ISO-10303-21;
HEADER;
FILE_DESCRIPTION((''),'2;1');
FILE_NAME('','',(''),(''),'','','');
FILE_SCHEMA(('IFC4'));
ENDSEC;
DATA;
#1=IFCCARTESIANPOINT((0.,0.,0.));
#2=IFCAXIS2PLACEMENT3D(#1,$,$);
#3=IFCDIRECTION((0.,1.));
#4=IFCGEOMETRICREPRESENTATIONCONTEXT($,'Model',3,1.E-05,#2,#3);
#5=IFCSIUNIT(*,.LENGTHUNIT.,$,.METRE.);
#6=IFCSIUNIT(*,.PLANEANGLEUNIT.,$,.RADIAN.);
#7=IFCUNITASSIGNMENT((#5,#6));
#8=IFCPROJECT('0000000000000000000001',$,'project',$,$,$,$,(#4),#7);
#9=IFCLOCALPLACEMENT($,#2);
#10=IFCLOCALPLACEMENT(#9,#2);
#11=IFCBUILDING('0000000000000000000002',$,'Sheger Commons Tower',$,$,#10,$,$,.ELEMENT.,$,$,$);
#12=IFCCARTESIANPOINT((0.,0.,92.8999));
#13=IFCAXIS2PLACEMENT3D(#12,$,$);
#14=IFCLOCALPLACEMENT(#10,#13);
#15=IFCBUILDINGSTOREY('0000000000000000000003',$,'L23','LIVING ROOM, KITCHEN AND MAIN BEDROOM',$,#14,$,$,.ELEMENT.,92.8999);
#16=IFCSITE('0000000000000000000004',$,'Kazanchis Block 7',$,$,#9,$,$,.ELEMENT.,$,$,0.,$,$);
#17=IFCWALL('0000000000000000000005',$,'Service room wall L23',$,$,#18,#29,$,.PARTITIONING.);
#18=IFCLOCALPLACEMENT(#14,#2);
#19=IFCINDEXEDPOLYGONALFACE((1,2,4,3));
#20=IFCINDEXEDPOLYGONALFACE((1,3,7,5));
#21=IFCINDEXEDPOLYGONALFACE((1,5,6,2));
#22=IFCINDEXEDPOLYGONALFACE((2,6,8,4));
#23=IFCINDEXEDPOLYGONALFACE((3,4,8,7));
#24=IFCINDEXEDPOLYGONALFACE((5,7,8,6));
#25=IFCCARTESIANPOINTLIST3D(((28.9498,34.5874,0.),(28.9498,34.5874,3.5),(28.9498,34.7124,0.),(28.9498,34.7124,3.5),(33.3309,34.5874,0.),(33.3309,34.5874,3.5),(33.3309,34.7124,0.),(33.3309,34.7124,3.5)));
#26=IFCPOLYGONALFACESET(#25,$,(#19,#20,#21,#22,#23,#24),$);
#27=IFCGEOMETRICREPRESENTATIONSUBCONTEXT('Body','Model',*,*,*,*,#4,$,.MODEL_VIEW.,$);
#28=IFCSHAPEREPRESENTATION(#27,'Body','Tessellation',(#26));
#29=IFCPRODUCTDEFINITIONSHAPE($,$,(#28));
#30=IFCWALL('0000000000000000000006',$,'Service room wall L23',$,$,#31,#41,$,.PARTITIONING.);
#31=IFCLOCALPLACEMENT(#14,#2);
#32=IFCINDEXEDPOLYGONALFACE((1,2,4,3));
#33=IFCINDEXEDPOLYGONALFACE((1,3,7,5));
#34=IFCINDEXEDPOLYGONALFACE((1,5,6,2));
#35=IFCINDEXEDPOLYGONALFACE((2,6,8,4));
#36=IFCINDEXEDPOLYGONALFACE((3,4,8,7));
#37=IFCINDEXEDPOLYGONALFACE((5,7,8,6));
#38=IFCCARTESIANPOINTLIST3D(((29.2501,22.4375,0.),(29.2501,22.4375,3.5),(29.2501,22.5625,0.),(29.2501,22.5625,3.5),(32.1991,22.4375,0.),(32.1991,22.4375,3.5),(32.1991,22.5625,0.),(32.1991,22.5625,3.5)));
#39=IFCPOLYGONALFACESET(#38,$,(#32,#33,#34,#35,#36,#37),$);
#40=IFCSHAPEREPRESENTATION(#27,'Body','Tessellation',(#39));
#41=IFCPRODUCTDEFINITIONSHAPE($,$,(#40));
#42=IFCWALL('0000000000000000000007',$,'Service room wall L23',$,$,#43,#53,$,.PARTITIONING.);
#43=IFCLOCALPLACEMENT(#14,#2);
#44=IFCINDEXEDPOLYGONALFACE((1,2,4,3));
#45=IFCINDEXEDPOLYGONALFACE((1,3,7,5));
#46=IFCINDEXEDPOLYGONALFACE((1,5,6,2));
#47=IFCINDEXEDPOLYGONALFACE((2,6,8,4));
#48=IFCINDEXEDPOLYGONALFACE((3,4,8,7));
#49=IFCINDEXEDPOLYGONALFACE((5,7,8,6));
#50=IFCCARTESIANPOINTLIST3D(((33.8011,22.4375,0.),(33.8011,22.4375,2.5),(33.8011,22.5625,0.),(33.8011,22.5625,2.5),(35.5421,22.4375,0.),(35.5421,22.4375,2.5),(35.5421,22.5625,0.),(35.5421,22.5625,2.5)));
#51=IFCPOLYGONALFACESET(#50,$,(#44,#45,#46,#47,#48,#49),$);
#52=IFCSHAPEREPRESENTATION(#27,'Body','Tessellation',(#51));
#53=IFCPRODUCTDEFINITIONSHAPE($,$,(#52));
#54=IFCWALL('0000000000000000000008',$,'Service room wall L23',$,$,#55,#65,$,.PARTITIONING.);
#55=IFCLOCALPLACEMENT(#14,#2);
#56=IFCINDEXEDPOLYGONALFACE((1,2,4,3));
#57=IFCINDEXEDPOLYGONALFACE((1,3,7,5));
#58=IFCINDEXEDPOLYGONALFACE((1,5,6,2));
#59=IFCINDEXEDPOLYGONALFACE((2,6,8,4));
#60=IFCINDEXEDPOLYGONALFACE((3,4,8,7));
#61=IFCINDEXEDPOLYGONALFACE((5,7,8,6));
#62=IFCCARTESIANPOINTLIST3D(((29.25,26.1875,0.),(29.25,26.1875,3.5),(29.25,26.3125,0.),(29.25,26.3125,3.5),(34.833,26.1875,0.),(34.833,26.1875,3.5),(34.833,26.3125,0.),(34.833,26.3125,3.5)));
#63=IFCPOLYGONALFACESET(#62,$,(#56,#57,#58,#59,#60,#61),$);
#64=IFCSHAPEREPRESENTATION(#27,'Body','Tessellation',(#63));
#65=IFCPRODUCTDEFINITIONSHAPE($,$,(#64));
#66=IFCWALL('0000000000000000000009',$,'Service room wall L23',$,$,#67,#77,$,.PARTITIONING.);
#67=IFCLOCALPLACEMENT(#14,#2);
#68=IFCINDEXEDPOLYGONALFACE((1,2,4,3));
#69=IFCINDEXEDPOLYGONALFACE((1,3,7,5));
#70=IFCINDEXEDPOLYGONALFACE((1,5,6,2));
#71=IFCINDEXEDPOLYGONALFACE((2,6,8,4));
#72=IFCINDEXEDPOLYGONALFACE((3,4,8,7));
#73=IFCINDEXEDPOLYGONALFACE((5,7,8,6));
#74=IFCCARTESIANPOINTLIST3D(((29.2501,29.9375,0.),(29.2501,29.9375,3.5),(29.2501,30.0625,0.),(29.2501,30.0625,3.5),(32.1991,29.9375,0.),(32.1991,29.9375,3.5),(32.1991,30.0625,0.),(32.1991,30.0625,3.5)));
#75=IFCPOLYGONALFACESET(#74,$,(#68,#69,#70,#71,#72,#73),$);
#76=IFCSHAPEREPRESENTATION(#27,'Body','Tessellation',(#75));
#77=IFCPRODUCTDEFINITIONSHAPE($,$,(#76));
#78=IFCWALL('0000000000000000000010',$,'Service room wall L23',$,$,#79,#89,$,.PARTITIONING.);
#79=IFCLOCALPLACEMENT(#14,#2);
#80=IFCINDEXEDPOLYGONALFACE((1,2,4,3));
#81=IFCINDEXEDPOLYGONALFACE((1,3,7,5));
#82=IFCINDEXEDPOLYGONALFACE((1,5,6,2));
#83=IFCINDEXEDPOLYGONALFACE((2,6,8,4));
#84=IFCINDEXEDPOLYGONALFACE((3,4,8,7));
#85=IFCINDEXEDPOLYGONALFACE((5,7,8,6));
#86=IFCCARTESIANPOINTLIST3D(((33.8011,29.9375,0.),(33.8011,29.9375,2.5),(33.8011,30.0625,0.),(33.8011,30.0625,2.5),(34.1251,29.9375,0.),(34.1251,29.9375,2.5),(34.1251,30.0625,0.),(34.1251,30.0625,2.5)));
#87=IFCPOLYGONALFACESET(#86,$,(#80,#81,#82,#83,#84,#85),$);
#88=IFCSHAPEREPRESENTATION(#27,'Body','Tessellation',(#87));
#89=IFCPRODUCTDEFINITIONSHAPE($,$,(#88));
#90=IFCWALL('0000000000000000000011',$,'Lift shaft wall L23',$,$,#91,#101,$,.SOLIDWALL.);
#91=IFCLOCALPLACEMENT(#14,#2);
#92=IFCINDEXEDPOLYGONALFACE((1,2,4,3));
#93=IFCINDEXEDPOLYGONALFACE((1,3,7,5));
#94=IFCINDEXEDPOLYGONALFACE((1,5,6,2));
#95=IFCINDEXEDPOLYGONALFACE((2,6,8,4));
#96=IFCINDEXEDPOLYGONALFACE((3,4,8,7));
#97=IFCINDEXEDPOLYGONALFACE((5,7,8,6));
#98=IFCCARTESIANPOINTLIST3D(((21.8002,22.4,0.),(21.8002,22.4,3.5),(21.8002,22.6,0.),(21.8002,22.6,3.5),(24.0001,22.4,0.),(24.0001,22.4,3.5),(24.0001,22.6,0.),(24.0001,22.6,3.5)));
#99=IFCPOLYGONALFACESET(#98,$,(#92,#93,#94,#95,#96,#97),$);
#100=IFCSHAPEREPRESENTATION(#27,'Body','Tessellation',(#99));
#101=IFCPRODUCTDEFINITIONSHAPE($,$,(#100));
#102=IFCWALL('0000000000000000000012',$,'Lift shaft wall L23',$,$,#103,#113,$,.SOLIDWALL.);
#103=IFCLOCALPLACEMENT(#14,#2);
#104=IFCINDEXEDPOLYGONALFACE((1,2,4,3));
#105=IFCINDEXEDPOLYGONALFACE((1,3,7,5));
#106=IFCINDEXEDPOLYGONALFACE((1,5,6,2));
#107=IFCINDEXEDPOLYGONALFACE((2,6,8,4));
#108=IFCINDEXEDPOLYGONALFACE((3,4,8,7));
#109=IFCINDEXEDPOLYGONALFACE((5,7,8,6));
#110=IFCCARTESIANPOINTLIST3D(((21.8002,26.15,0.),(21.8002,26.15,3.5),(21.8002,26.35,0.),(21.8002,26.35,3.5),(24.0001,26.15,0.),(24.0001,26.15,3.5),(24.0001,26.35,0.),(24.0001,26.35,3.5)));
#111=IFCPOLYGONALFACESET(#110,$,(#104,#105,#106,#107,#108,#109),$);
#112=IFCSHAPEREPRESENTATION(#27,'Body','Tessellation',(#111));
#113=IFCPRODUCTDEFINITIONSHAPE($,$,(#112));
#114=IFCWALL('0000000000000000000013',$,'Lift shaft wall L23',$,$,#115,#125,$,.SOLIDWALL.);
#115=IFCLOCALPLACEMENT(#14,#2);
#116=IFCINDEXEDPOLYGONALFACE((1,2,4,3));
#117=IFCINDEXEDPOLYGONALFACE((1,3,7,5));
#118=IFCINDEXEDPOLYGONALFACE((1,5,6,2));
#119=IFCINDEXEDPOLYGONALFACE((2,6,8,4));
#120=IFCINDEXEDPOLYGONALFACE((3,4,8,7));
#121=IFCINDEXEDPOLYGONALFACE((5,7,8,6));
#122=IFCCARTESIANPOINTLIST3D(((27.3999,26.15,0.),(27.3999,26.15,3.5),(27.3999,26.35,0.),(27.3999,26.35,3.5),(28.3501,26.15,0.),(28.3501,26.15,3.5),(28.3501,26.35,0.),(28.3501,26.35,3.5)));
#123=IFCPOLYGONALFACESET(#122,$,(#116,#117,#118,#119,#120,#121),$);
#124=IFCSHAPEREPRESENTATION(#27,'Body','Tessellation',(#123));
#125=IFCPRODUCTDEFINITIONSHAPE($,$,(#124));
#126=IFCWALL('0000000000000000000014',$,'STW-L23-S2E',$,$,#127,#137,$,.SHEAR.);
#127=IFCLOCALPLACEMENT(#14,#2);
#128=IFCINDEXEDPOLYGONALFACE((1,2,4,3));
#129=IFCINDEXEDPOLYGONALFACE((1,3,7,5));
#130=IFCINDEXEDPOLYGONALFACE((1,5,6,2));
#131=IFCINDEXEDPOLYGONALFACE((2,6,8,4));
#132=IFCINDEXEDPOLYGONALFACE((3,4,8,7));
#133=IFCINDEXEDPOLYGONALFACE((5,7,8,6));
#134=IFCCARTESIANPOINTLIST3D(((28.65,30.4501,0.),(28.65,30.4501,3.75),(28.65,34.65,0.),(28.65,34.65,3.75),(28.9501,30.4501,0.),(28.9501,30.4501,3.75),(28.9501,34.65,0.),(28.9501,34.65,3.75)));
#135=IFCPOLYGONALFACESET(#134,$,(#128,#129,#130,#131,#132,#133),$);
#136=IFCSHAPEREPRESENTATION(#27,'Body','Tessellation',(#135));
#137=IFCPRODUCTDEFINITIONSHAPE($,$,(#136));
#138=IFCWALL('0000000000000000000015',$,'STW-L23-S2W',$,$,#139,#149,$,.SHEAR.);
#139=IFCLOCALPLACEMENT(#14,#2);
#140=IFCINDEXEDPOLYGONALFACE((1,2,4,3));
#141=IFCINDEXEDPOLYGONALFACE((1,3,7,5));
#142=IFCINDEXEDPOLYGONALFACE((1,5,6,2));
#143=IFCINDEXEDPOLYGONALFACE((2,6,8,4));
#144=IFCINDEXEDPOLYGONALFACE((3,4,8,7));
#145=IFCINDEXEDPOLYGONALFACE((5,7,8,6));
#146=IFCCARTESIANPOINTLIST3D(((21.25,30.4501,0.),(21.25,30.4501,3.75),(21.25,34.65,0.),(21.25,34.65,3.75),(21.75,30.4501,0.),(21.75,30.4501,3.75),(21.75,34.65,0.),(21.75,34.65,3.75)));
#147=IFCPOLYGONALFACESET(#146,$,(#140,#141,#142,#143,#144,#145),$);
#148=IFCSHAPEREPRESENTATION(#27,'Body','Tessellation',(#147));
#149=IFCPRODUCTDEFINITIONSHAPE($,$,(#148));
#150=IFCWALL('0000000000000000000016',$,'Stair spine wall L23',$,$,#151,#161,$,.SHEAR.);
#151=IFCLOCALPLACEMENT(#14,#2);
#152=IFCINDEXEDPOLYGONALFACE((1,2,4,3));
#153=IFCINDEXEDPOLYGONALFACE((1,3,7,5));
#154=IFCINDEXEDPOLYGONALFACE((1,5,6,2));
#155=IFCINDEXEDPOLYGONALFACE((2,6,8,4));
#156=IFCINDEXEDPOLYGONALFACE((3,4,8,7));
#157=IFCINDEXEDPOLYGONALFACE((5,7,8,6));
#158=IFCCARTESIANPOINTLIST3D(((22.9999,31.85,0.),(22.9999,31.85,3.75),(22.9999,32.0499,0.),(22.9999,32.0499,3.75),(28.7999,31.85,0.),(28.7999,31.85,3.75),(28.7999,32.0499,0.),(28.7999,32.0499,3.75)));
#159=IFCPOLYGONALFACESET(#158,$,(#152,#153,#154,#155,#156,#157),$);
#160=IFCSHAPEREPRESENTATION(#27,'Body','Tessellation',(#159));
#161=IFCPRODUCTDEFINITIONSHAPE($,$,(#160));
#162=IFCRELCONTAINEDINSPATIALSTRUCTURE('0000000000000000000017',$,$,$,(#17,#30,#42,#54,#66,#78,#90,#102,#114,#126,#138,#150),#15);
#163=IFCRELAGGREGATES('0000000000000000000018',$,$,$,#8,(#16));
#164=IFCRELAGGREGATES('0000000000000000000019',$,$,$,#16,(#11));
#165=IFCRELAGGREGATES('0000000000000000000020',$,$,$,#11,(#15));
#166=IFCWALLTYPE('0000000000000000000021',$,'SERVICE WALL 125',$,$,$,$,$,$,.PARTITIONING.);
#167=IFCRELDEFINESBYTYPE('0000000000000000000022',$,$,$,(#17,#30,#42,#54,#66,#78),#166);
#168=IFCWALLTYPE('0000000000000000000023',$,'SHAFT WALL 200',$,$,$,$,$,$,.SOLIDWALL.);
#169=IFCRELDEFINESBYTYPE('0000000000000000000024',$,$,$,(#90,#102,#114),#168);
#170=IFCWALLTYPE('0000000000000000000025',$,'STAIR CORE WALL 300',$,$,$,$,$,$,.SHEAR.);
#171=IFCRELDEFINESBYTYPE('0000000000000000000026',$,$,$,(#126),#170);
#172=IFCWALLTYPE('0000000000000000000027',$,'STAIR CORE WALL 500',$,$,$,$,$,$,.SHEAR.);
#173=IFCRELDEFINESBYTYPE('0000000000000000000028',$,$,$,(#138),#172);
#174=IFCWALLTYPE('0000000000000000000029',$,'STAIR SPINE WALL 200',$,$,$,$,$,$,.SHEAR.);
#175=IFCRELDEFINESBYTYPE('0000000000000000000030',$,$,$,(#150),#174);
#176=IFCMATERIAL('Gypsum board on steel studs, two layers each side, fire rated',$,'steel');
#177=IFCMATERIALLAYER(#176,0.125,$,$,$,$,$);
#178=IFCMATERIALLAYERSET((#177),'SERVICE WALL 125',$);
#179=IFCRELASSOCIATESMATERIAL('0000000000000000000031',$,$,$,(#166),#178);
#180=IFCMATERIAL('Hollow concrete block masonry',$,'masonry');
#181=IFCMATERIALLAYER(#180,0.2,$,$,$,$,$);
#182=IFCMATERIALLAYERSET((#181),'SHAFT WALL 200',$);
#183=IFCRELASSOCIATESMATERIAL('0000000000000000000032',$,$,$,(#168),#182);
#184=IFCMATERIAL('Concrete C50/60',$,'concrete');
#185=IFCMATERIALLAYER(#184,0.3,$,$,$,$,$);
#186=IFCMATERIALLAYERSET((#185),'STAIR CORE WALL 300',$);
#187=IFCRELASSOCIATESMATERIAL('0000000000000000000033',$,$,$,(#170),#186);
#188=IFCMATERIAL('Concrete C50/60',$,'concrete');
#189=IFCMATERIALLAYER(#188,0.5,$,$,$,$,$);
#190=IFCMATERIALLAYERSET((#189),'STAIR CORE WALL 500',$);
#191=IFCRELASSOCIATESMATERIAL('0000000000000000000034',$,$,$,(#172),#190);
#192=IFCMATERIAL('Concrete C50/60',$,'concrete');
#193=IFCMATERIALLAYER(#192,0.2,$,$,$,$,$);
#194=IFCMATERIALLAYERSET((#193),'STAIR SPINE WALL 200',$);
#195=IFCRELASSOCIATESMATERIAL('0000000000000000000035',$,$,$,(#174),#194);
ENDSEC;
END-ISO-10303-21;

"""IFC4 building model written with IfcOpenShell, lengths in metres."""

from ifc_helpers import new_model, si_unit, direction, frame, frame_2d, origin, place, context, subcontext, project, spatial, rectangle, extrude, material, layer, layer_set, type_object, element, save


model = new_model("IFC4")

# Units and contexts
model_context = context("Model", 3, precision=1e-05, world=origin(), true_north=direction((0.0, 1.0)))
body_context = subcontext(model_context, "Body", "Model", "MODEL_VIEW")
ifc_project = project(units=[si_unit("LENGTHUNIT", "METRE"), si_unit("PLANEANGLEUNIT", "RADIAN")], contexts=[model_context])

# Site, building, storey
site_placement = place(None, origin())
site = spatial("IfcSite", under=ifc_project, at=site_placement, Name="Kazanchis Block 7", CompositionType="ELEMENT", RefElevation=0.0)
building_placement = place(site_placement, origin())
building = spatial("IfcBuilding", under=site, at=building_placement, Name="Sheger Commons Tower", CompositionType="ELEMENT")
storey_placement = place(building_placement, frame((0.0, 0.0, 92.8999)))
storey = spatial("IfcBuildingStorey", under=building, at=storey_placement, Name="L23", Description="LIVING ROOM, KITCHEN AND MAIN BEDROOM", CompositionType="ELEMENT", Elevation=92.8999)

# Walls
ifc_material_1 = material(Name="Gypsum board on steel studs, two layers each side, fire rated", Category="steel")
ifc_layer_1 = layer(ifc_material_1, 0.125)
ifc_layer_set_1 = layer_set([ifc_layer_1], Name="SERVICE WALL 125")
wall_type_1 = type_object("IfcWallType", Name="SERVICE WALL 125", PredefinedType="PARTITIONING", material=ifc_layer_set_1)
wall_1_placement = place(storey_placement, frame((28.95, 34.6499, 0.0), z_axis=(0.0, 0.0, 1.0), x_axis=(1.0, 0.0, 0.0)))
element("IfcWall", 1, at=wall_1_placement, inside=storey, type_object=wall_type_1, Name="Service room wall L23", PredefinedType="PARTITIONING", context=body_context, shape_type="SweptSolid", body=[
    extrude(rectangle(XDim=4.3811, YDim=0.125, at=frame_2d((2.1904, 0.0))), origin(), (0.0, 0.0, 1.0), 3.5),
])
wall_2_placement = place(storey_placement, frame((29.25, 22.5, 0.0), z_axis=(0.0, 0.0, 1.0), x_axis=(1.0, 0.0, 0.0)))
element("IfcWall", 2, at=wall_2_placement, inside=storey, type_object=wall_type_1, Name="Service room wall L23", PredefinedType="PARTITIONING", context=body_context, shape_type="SweptSolid", body=[
    extrude(rectangle(XDim=2.949, YDim=0.125, at=frame_2d((1.4746, 0.0))), origin(), (0.0, 0.0, 1.0), 3.5),
])
wall_3_placement = place(storey_placement, frame((33.801, 22.5, 0.0), z_axis=(0.0, 0.0, 1.0), x_axis=(1.0, 0.0, 0.0)))
element("IfcWall", 3, at=wall_3_placement, inside=storey, type_object=wall_type_1, Name="Service room wall L23", PredefinedType="PARTITIONING", context=body_context, shape_type="SweptSolid", body=[
    extrude(rectangle(XDim=1.741, YDim=0.125, at=frame_2d((0.8706, 0.0))), origin(), (0.0, 0.0, 1.0), 2.5),
])
wall_4_placement = place(storey_placement, frame((29.25, 26.25, 0.0), z_axis=(0.0, 0.0, 1.0), x_axis=(1.0, 0.0, 0.0)))
element("IfcWall", 4, at=wall_4_placement, inside=storey, type_object=wall_type_1, Name="Service room wall L23", PredefinedType="PARTITIONING", context=body_context, shape_type="SweptSolid", body=[
    extrude(rectangle(XDim=5.583, YDim=0.125, at=frame_2d((2.7915, 0.0))), origin(), (0.0, 0.0, 1.0), 3.5),
])
wall_5_placement = place(storey_placement, frame((29.25, 30.0, 0.0), z_axis=(0.0, 0.0, 1.0), x_axis=(1.0, 0.0, 0.0)))
element("IfcWall", 5, at=wall_5_placement, inside=storey, type_object=wall_type_1, Name="Service room wall L23", PredefinedType="PARTITIONING", context=body_context, shape_type="SweptSolid", body=[
    extrude(rectangle(XDim=2.949, YDim=0.125, at=frame_2d((1.4746, 0.0))), origin(), (0.0, 0.0, 1.0), 3.5),
])
wall_6_placement = place(storey_placement, frame((33.801, 30.0, 0.0), z_axis=(0.0, 0.0, 1.0), x_axis=(1.0, 0.0, 0.0)))
element("IfcWall", 6, at=wall_6_placement, inside=storey, type_object=wall_type_1, Name="Service room wall L23", PredefinedType="PARTITIONING", context=body_context, shape_type="SweptSolid", body=[
    extrude(rectangle(XDim=0.324, YDim=0.125, at=frame_2d((0.1621, 0.0))), origin(), (0.0, 0.0, 1.0), 2.5),
])
ifc_material_2 = material(Name="Hollow concrete block masonry", Category="masonry")
ifc_layer_2 = layer(ifc_material_2, 0.2)
ifc_layer_set_2 = layer_set([ifc_layer_2], Name="SHAFT WALL 200")
wall_type_2 = type_object("IfcWallType", Name="SHAFT WALL 200", PredefinedType="SOLIDWALL", material=ifc_layer_set_2)
for number, where, z_axis, x_axis, name in (
    (7, (21.8, 22.5, 0.0), (0.0, 0.0, 1.0), (1.0, 0.0, 0.0), "Lift shaft wall L23"),
    (8, (21.8, 26.25, 0.0), (0.0, 0.0, 1.0), (1.0, 0.0, 0.0), "Lift shaft wall L23"),
):
    element("IfcWall", number, at=place(storey_placement, frame(where, z_axis=z_axis, x_axis=x_axis)), inside=storey, type_object=wall_type_2, Name=name, PredefinedType="SOLIDWALL", context=body_context, shape_type="SweptSolid", body=[
        extrude(rectangle(XDim=2.2, YDim=0.2, at=frame_2d((1.1001, 0.0))), origin(), (0.0, 0.0, 1.0), 3.5),
    ])
wall_7_placement = place(storey_placement, frame((27.3999, 26.25, 0.0), z_axis=(0.0, 0.0, 1.0), x_axis=(1.0, 0.0, 0.0)))
element("IfcWall", 9, at=wall_7_placement, inside=storey, type_object=wall_type_2, Name="Lift shaft wall L23", PredefinedType="SOLIDWALL", context=body_context, shape_type="SweptSolid", body=[
    extrude(rectangle(XDim=0.9502, YDim=0.2, at=frame_2d((0.4751, 0.0))), origin(), (0.0, 0.0, 1.0), 3.5),
])
ifc_material_3 = material(Name="Concrete C50/60", Category="concrete")
ifc_layer_3 = layer(ifc_material_3, 0.3)
ifc_layer_set_3 = layer_set([ifc_layer_3], Name="STAIR CORE WALL 300")
wall_type_3 = type_object("IfcWallType", Name="STAIR CORE WALL 300", PredefinedType="SHEAR", material=ifc_layer_set_3)
wall_8_placement = place(storey_placement, frame((28.8, 30.45, 0.0), z_axis=(0.0, 0.0, 1.0), x_axis=(0.0, 1.0, 0.0)))
element("IfcWall", 10, at=wall_8_placement, inside=storey, type_object=wall_type_3, Name="STW-L23-S2E", PredefinedType="SHEAR", context=body_context, shape_type="SweptSolid", body=[
    extrude(rectangle(XDim=4.2, YDim=0.3, at=frame_2d((2.1001, 0.0))), origin(), (0.0, 0.0, 1.0), 3.75),
])
ifc_material_4 = material(Name="Concrete C50/60", Category="concrete")
ifc_layer_4 = layer(ifc_material_4, 0.5)
ifc_layer_set_4 = layer_set([ifc_layer_4], Name="STAIR CORE WALL 500")
wall_type_4 = type_object("IfcWallType", Name="STAIR CORE WALL 500", PredefinedType="SHEAR", material=ifc_layer_set_4)
wall_9_placement = place(storey_placement, frame((21.5, 30.45, 0.0), z_axis=(0.0, 0.0, 1.0), x_axis=(0.0, 1.0, 0.0)))
element("IfcWall", 11, at=wall_9_placement, inside=storey, type_object=wall_type_4, Name="STW-L23-S2W", PredefinedType="SHEAR", context=body_context, shape_type="SweptSolid", body=[
    extrude(rectangle(XDim=4.2, YDim=0.5, at=frame_2d((2.1001, 0.0))), origin(), (0.0, 0.0, 1.0), 3.75),
])
ifc_material_5 = material(Name="Concrete C50/60", Category="concrete")
ifc_layer_5 = layer(ifc_material_5, 0.2)
ifc_layer_set_5 = layer_set([ifc_layer_5], Name="STAIR SPINE WALL 200")
wall_type_5 = type_object("IfcWallType", Name="STAIR SPINE WALL 200", PredefinedType="SHEAR", material=ifc_layer_set_5)
wall_10_placement = place(storey_placement, frame((23.0, 31.95, 0.0), z_axis=(0.0, 0.0, 1.0), x_axis=(1.0, 0.0, 0.0)))
element("IfcWall", 12, at=wall_10_placement, inside=storey, type_object=wall_type_5, Name="Stair spine wall L23", PredefinedType="SHEAR", context=body_context, shape_type="SweptSolid", body=[
    extrude(rectangle(XDim=5.8, YDim=0.2, at=frame_2d((2.8999, 0.0))), origin(), (0.0, 0.0, 1.0), 3.75),
])

save(model, "model.ifc")
